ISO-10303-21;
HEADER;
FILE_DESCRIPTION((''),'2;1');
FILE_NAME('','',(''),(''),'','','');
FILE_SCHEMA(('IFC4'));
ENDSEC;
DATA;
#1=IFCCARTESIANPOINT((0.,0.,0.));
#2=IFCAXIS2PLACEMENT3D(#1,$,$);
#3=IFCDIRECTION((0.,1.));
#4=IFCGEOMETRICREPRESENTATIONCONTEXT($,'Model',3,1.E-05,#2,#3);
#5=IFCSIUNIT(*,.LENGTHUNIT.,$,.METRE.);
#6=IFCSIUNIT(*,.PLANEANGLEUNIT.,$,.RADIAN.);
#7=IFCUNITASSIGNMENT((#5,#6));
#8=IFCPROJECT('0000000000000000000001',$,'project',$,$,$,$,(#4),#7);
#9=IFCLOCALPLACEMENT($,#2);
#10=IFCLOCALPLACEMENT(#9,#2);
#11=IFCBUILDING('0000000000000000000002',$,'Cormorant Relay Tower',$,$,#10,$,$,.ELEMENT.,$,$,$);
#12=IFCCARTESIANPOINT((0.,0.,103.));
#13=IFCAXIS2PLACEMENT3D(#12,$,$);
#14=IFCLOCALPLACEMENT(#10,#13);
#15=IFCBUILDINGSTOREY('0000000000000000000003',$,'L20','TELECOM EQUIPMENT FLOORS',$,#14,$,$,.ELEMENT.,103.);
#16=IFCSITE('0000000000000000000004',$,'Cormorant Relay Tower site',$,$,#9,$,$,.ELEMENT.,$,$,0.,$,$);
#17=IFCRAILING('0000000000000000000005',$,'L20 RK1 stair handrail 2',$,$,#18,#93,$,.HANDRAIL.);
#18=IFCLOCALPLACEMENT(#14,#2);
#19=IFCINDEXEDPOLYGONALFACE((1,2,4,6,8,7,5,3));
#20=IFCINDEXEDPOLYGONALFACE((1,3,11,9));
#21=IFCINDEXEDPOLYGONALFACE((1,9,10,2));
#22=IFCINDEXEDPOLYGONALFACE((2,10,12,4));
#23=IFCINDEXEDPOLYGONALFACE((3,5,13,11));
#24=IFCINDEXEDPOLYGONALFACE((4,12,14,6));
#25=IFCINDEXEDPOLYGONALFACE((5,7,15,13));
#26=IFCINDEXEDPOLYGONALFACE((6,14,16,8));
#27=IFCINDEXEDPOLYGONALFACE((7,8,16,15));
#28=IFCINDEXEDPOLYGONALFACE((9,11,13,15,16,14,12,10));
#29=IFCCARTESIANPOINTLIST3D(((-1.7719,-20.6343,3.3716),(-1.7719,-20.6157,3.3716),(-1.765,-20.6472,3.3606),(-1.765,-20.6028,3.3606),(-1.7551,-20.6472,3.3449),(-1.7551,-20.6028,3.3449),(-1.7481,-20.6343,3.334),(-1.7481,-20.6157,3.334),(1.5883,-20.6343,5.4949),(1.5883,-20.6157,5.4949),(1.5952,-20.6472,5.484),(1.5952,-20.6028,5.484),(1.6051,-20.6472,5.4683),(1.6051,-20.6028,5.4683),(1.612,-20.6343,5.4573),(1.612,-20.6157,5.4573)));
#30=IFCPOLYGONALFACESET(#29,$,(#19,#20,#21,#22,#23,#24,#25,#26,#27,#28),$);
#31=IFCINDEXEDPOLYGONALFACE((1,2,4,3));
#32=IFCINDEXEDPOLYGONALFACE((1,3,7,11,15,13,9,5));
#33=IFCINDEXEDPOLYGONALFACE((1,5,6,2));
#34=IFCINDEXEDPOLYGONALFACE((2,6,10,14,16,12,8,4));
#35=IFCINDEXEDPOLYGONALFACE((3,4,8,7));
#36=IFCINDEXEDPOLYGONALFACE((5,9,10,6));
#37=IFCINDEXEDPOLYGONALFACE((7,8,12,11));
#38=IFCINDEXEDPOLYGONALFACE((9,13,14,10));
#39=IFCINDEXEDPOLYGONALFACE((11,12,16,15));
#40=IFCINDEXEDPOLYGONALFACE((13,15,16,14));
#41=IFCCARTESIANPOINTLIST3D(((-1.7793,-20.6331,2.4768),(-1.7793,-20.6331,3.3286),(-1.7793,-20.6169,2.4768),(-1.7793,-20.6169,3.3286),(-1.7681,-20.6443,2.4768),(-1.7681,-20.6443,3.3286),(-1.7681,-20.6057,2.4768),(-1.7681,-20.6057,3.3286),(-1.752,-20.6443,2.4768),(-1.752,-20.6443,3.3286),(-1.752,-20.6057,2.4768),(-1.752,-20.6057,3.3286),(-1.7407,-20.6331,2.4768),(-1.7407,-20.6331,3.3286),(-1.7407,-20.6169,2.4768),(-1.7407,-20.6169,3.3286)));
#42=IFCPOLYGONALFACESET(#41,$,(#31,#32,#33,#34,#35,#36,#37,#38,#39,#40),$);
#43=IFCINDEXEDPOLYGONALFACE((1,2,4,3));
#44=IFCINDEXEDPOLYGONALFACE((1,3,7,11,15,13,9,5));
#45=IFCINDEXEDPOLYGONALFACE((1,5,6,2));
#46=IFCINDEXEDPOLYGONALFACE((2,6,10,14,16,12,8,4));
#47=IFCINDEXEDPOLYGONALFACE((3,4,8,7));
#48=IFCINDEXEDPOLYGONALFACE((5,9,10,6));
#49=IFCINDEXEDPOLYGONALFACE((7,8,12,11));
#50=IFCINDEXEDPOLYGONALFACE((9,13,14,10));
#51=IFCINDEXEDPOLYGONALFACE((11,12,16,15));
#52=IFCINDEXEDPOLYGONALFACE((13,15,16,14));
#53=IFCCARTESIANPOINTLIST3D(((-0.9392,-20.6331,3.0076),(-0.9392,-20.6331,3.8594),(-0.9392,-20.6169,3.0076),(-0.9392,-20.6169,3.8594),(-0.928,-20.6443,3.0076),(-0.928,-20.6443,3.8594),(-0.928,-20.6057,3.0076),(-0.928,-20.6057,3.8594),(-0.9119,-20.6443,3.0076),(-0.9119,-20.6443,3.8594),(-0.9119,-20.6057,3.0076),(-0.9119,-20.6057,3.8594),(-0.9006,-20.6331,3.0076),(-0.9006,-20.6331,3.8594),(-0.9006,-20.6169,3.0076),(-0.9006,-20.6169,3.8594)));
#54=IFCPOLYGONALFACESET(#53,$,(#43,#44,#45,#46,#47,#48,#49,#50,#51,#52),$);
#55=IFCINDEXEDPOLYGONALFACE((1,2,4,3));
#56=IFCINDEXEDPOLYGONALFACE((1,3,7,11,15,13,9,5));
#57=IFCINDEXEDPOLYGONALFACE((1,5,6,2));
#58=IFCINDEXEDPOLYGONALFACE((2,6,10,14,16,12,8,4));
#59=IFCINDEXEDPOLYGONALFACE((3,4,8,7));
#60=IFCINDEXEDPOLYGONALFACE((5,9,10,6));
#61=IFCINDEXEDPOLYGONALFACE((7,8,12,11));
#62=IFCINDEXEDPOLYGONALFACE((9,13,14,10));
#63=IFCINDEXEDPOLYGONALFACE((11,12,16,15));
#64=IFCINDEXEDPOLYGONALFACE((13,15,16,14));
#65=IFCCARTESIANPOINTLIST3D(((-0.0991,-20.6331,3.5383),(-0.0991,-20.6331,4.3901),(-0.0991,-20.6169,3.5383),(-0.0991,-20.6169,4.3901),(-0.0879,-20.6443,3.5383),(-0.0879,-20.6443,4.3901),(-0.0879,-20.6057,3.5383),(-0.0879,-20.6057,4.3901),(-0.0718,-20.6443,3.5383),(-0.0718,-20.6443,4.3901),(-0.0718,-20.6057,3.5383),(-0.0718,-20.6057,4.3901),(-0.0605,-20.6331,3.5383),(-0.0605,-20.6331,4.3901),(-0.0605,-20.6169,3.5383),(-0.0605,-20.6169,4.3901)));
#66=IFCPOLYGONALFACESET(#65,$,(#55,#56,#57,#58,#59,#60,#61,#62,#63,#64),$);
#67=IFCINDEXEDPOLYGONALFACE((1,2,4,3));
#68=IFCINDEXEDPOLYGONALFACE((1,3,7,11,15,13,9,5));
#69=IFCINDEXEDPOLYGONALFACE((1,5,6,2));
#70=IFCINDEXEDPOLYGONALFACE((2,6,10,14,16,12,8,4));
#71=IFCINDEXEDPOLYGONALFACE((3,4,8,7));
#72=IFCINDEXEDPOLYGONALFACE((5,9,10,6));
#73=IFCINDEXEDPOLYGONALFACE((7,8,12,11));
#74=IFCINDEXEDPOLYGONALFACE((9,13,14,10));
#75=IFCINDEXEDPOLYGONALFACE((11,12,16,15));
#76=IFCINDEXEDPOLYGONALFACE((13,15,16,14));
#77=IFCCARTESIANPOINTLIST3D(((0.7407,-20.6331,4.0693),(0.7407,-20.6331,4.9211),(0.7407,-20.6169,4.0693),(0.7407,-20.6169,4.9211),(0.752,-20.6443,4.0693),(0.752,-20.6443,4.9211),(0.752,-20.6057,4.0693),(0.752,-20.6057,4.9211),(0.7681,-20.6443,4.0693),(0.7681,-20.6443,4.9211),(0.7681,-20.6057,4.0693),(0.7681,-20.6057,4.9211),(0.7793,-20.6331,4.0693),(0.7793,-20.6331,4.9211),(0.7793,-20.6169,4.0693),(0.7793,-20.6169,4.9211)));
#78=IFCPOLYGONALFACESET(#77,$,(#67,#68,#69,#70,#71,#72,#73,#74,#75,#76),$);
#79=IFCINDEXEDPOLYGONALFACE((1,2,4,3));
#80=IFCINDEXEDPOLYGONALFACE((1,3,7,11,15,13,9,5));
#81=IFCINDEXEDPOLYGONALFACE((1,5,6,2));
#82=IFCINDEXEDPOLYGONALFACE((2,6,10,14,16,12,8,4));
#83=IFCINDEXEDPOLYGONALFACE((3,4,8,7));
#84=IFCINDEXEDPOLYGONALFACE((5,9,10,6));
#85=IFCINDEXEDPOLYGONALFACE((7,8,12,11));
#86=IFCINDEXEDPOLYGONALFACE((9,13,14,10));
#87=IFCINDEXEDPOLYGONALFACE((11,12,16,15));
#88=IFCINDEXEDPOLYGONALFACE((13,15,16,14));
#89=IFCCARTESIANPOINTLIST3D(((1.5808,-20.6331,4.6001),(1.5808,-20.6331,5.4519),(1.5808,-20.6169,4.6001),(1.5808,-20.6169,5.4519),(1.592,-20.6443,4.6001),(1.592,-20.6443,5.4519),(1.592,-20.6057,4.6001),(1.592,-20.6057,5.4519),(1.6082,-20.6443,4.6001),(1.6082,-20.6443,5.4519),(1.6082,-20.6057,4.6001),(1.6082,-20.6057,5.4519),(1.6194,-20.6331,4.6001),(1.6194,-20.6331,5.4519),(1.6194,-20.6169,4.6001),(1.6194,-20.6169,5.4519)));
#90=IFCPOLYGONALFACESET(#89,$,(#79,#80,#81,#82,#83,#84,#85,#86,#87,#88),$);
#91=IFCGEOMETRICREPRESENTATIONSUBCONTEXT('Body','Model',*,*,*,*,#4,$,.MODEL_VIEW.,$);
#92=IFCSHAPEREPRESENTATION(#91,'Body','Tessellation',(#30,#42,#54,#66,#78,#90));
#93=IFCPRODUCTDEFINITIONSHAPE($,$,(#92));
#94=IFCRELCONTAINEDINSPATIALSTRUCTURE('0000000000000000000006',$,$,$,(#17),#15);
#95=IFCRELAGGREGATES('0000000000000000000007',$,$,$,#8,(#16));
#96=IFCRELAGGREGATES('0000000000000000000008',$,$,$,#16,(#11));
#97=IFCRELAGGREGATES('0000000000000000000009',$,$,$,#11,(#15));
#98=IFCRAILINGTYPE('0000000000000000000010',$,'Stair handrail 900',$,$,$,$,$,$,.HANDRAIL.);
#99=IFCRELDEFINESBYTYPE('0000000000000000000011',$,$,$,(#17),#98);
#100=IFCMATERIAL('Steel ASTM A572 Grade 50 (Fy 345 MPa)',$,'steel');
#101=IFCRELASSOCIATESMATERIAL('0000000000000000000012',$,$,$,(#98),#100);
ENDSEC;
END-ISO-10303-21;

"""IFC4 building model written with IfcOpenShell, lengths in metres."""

from ifc_helpers import new_model, si_unit, direction, frame, origin, place, context, subcontext, project, spatial, polyline, outline, extrude, material, type_object, element, save


model = new_model("IFC4")

# Units and contexts
model_context = context("Model", 3, precision=1e-05, world=origin(), true_north=direction((0.0, 1.0)))
body_context = subcontext(model_context, "Body", "Model", "MODEL_VIEW")
ifc_project = project(units=[si_unit("LENGTHUNIT", "METRE"), si_unit("PLANEANGLEUNIT", "RADIAN")], contexts=[model_context])

# Site, building, storey
site_placement = place(None, origin())
site = spatial("IfcSite", under=ifc_project, at=site_placement, Name="Cormorant Relay Tower site", CompositionType="ELEMENT", RefElevation=0.0)
building_placement = place(site_placement, origin())
building = spatial("IfcBuilding", under=site, at=building_placement, Name="Cormorant Relay Tower", CompositionType="ELEMENT")
storey_placement = place(building_placement, frame((0.0, 0.0, 103.0)))
storey = spatial("IfcBuildingStorey", under=building, at=storey_placement, Name="L20", Description="TELECOM EQUIPMENT FLOORS", CompositionType="ELEMENT", Elevation=103.0)

# Railing
ifc_material_1 = material(Name="Steel ASTM A572 Grade 50 (Fy 345 MPa)", Category="steel")
railing_type_1 = type_object("IfcRailingType", Name="Stair handrail 900", PredefinedType="HANDRAIL", material=ifc_material_1)
railing_1_placement = place(storey_placement, frame((-1.76, -20.625, 2.4768)))
element("IfcRailing", 1, at=railing_1_placement, inside=storey, type_object=railing_type_1, Name="L20 RK1 stair handrail 2", PredefinedType="HANDRAIL", context=body_context, shape_type="SweptSolid", body=[
    extrude(outline(polyline([(0.0222, 0.0093), (0.0093, 0.0222), (-0.0093, 0.0222), (-0.0222, 0.0093), (-0.0222, -0.0093), (-0.0093, -0.0222), (0.0093, -0.0222), (0.0222, -0.0093), (0.0222, 0.0093)])), frame((0.0, 0.0, 0.876), z_axis=(0.845362, 0.0, 0.534194), x_axis=(0.0, 1.0, 0.0)), (0.0, 0.0, 1.0), 3.9749),
    extrude(outline(polyline([(0.0193, 0.0081), (0.0081, 0.0193), (-0.0081, 0.0193), (-0.0193, 0.0081), (-0.0193, -0.0081), (-0.0081, -0.0193), (0.0081, -0.0193), (0.0193, -0.0081), (0.0193, 0.0081)])), origin(), (0.0, 0.0, 1.0), 0.8518),
    extrude(outline(polyline([(0.0193, 0.0081), (0.0081, 0.0193), (-0.0081, 0.0193), (-0.0193, 0.0081), (-0.0193, -0.0081), (-0.0081, -0.0193), (0.0081, -0.0193), (0.0193, -0.0081), (0.0193, 0.0081)])), frame((0.8401, 0.0, 0.5308)), (0.0, 0.0, 1.0), 0.8518),
    extrude(outline(polyline([(0.0193, 0.0081), (0.0081, 0.0193), (-0.0081, 0.0193), (-0.0193, 0.0081), (-0.0193, -0.0081), (-0.0081, -0.0193), (0.0081, -0.0193), (0.0193, -0.0081), (0.0193, 0.0081)])), frame((1.6802, 0.0, 1.0615)), (0.0, 0.0, 1.0), 0.8518),
    extrude(outline(polyline([(0.0193, 0.0081), (0.0081, 0.0193), (-0.0081, 0.0193), (-0.0193, 0.0081), (-0.0193, -0.0081), (-0.0081, -0.0193), (0.0081, -0.0193), (0.0193, -0.0081), (0.0193, 0.0081)])), frame((2.52, 0.0, 1.5925)), (0.0, 0.0, 1.0), 0.8518),
    extrude(outline(polyline([(0.0193, 0.0081), (0.0081, 0.0193), (-0.0081, 0.0193), (-0.0193, 0.0081), (-0.0193, -0.0081), (-0.0081, -0.0193), (0.0081, -0.0193), (0.0193, -0.0081), (0.0193, 0.0081)])), frame((3.3601, 0.0, 2.1233)), (0.0, 0.0, 1.0), 0.8518),
])

save(model, "model.ifc")
